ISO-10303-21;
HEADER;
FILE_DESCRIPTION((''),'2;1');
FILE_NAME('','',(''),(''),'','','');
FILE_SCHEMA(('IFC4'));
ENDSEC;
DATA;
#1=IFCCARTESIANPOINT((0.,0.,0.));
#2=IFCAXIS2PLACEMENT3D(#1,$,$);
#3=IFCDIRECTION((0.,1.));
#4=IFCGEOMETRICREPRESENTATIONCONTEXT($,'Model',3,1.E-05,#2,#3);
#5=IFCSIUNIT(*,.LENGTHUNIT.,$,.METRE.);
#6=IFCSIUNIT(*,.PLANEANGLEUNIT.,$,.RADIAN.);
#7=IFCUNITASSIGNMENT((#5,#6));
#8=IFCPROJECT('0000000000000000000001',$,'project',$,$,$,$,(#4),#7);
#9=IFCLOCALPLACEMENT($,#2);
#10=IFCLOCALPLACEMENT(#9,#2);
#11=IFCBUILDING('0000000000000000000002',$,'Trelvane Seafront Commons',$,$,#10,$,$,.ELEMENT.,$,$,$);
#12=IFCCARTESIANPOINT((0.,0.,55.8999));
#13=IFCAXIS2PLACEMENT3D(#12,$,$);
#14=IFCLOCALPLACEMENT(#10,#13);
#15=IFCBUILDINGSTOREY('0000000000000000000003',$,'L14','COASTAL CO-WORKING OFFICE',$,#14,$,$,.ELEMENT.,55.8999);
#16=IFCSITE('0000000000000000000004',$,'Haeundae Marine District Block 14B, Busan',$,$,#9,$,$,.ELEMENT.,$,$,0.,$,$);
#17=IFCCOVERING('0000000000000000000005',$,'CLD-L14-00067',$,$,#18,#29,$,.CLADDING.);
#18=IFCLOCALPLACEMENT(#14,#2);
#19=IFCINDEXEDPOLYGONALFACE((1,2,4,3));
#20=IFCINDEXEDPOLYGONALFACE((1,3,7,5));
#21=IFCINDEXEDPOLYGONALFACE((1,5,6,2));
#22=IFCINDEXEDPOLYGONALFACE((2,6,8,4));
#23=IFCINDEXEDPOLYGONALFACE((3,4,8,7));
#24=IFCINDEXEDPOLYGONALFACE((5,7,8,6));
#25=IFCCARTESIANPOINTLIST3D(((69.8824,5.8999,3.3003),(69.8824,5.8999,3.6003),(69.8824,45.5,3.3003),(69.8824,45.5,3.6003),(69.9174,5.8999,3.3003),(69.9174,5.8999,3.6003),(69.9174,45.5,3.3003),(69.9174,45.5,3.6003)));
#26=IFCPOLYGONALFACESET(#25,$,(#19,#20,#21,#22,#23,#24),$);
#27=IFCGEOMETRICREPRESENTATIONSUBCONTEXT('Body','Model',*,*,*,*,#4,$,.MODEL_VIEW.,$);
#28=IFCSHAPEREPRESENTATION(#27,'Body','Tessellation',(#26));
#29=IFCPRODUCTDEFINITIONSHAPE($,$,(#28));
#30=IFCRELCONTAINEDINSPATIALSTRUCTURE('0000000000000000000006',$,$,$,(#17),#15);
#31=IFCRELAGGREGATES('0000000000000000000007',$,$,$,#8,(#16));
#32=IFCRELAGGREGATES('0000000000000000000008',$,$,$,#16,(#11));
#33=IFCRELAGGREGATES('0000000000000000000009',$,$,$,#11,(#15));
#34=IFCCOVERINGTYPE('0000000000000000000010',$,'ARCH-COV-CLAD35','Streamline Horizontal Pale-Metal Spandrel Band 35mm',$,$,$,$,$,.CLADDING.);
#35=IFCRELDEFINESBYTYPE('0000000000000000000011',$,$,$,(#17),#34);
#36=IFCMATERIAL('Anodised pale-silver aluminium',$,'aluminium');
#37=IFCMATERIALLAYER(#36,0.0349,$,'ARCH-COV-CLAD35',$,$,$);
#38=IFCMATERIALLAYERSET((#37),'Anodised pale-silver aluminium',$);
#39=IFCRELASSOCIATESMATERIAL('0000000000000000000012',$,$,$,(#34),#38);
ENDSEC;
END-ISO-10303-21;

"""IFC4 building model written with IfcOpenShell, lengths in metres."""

from ifc_helpers import new_model, si_unit, direction, frame, origin, origin_2d, place, context, subcontext, project, spatial, rectangle, extrude, source, transform, mapped, material, layer, layer_set, type_object, element, save


model = new_model("IFC4")

# Units and contexts
model_context = context("Model", 3, precision=1e-05, world=origin(), true_north=direction((0.0, 1.0)))
body_context = subcontext(model_context, "Body", "Model", "MODEL_VIEW")
ifc_project = project(units=[si_unit("LENGTHUNIT", "METRE"), si_unit("PLANEANGLEUNIT", "RADIAN")], contexts=[model_context])

# Site, building, storey
site_placement = place(None, origin())
site = spatial("IfcSite", under=ifc_project, at=site_placement, Name="Haeundae Marine District Block 14B, Busan", CompositionType="ELEMENT", RefElevation=0.0)
building_placement = place(site_placement, origin())
building = spatial("IfcBuilding", under=site, at=building_placement, Name="Trelvane Seafront Commons", CompositionType="ELEMENT")
storey_placement = place(building_placement, frame((0.0, 0.0, 55.8999)))
storey = spatial("IfcBuildingStorey", under=building, at=storey_placement, Name="L14", Description="COASTAL CO-WORKING OFFICE", CompositionType="ELEMENT", Elevation=55.8999)

# Shared definitions
ifc_material_1 = material(Name="Anodised pale-silver aluminium", Category="aluminium")

# Covering
ifc_layer_1 = layer(ifc_material_1, 0.0349, Name="ARCH-COV-CLAD35")
ifc_layer_set_1 = layer_set([ifc_layer_1], Name="Anodised pale-silver aluminium")
covering_type = type_object("IfcCoveringType", Name="ARCH-COV-CLAD35", Description="Streamline Horizontal Pale-Metal Spandrel Band 35mm", PredefinedType="CLADDING", material=ifc_layer_set_1)
shared_shape_1 = source(origin(), body_context, "Body", "SweptSolid", [
    extrude(rectangle(XDim=39.6001, YDim=0.0349, at=origin_2d()), origin(), (0.0, 0.0, 1.0), 0.3),
])
covering_placement = place(storey_placement, frame((69.8999, 25.7, 3.3003), z_axis=(0.0, 0.0, 1.0), x_axis=(0.0, -1.0, 0.0)))
element("IfcCovering", 1, at=covering_placement, inside=storey, type_object=covering_type, Name="CLD-L14-00067", PredefinedType="CLADDING", context=body_context, shape_type="MappedRepresentation", body=[
    mapped(shared_shape_1, transform((0.0, 0.0, 0.0), x_axis=(1.0, 0.0, 0.0), y_axis=(0.0, 1.0, 0.0), z_axis=(0.0, 0.0, 1.0), scale=1.0)),
])

save(model, "model.ifc")
